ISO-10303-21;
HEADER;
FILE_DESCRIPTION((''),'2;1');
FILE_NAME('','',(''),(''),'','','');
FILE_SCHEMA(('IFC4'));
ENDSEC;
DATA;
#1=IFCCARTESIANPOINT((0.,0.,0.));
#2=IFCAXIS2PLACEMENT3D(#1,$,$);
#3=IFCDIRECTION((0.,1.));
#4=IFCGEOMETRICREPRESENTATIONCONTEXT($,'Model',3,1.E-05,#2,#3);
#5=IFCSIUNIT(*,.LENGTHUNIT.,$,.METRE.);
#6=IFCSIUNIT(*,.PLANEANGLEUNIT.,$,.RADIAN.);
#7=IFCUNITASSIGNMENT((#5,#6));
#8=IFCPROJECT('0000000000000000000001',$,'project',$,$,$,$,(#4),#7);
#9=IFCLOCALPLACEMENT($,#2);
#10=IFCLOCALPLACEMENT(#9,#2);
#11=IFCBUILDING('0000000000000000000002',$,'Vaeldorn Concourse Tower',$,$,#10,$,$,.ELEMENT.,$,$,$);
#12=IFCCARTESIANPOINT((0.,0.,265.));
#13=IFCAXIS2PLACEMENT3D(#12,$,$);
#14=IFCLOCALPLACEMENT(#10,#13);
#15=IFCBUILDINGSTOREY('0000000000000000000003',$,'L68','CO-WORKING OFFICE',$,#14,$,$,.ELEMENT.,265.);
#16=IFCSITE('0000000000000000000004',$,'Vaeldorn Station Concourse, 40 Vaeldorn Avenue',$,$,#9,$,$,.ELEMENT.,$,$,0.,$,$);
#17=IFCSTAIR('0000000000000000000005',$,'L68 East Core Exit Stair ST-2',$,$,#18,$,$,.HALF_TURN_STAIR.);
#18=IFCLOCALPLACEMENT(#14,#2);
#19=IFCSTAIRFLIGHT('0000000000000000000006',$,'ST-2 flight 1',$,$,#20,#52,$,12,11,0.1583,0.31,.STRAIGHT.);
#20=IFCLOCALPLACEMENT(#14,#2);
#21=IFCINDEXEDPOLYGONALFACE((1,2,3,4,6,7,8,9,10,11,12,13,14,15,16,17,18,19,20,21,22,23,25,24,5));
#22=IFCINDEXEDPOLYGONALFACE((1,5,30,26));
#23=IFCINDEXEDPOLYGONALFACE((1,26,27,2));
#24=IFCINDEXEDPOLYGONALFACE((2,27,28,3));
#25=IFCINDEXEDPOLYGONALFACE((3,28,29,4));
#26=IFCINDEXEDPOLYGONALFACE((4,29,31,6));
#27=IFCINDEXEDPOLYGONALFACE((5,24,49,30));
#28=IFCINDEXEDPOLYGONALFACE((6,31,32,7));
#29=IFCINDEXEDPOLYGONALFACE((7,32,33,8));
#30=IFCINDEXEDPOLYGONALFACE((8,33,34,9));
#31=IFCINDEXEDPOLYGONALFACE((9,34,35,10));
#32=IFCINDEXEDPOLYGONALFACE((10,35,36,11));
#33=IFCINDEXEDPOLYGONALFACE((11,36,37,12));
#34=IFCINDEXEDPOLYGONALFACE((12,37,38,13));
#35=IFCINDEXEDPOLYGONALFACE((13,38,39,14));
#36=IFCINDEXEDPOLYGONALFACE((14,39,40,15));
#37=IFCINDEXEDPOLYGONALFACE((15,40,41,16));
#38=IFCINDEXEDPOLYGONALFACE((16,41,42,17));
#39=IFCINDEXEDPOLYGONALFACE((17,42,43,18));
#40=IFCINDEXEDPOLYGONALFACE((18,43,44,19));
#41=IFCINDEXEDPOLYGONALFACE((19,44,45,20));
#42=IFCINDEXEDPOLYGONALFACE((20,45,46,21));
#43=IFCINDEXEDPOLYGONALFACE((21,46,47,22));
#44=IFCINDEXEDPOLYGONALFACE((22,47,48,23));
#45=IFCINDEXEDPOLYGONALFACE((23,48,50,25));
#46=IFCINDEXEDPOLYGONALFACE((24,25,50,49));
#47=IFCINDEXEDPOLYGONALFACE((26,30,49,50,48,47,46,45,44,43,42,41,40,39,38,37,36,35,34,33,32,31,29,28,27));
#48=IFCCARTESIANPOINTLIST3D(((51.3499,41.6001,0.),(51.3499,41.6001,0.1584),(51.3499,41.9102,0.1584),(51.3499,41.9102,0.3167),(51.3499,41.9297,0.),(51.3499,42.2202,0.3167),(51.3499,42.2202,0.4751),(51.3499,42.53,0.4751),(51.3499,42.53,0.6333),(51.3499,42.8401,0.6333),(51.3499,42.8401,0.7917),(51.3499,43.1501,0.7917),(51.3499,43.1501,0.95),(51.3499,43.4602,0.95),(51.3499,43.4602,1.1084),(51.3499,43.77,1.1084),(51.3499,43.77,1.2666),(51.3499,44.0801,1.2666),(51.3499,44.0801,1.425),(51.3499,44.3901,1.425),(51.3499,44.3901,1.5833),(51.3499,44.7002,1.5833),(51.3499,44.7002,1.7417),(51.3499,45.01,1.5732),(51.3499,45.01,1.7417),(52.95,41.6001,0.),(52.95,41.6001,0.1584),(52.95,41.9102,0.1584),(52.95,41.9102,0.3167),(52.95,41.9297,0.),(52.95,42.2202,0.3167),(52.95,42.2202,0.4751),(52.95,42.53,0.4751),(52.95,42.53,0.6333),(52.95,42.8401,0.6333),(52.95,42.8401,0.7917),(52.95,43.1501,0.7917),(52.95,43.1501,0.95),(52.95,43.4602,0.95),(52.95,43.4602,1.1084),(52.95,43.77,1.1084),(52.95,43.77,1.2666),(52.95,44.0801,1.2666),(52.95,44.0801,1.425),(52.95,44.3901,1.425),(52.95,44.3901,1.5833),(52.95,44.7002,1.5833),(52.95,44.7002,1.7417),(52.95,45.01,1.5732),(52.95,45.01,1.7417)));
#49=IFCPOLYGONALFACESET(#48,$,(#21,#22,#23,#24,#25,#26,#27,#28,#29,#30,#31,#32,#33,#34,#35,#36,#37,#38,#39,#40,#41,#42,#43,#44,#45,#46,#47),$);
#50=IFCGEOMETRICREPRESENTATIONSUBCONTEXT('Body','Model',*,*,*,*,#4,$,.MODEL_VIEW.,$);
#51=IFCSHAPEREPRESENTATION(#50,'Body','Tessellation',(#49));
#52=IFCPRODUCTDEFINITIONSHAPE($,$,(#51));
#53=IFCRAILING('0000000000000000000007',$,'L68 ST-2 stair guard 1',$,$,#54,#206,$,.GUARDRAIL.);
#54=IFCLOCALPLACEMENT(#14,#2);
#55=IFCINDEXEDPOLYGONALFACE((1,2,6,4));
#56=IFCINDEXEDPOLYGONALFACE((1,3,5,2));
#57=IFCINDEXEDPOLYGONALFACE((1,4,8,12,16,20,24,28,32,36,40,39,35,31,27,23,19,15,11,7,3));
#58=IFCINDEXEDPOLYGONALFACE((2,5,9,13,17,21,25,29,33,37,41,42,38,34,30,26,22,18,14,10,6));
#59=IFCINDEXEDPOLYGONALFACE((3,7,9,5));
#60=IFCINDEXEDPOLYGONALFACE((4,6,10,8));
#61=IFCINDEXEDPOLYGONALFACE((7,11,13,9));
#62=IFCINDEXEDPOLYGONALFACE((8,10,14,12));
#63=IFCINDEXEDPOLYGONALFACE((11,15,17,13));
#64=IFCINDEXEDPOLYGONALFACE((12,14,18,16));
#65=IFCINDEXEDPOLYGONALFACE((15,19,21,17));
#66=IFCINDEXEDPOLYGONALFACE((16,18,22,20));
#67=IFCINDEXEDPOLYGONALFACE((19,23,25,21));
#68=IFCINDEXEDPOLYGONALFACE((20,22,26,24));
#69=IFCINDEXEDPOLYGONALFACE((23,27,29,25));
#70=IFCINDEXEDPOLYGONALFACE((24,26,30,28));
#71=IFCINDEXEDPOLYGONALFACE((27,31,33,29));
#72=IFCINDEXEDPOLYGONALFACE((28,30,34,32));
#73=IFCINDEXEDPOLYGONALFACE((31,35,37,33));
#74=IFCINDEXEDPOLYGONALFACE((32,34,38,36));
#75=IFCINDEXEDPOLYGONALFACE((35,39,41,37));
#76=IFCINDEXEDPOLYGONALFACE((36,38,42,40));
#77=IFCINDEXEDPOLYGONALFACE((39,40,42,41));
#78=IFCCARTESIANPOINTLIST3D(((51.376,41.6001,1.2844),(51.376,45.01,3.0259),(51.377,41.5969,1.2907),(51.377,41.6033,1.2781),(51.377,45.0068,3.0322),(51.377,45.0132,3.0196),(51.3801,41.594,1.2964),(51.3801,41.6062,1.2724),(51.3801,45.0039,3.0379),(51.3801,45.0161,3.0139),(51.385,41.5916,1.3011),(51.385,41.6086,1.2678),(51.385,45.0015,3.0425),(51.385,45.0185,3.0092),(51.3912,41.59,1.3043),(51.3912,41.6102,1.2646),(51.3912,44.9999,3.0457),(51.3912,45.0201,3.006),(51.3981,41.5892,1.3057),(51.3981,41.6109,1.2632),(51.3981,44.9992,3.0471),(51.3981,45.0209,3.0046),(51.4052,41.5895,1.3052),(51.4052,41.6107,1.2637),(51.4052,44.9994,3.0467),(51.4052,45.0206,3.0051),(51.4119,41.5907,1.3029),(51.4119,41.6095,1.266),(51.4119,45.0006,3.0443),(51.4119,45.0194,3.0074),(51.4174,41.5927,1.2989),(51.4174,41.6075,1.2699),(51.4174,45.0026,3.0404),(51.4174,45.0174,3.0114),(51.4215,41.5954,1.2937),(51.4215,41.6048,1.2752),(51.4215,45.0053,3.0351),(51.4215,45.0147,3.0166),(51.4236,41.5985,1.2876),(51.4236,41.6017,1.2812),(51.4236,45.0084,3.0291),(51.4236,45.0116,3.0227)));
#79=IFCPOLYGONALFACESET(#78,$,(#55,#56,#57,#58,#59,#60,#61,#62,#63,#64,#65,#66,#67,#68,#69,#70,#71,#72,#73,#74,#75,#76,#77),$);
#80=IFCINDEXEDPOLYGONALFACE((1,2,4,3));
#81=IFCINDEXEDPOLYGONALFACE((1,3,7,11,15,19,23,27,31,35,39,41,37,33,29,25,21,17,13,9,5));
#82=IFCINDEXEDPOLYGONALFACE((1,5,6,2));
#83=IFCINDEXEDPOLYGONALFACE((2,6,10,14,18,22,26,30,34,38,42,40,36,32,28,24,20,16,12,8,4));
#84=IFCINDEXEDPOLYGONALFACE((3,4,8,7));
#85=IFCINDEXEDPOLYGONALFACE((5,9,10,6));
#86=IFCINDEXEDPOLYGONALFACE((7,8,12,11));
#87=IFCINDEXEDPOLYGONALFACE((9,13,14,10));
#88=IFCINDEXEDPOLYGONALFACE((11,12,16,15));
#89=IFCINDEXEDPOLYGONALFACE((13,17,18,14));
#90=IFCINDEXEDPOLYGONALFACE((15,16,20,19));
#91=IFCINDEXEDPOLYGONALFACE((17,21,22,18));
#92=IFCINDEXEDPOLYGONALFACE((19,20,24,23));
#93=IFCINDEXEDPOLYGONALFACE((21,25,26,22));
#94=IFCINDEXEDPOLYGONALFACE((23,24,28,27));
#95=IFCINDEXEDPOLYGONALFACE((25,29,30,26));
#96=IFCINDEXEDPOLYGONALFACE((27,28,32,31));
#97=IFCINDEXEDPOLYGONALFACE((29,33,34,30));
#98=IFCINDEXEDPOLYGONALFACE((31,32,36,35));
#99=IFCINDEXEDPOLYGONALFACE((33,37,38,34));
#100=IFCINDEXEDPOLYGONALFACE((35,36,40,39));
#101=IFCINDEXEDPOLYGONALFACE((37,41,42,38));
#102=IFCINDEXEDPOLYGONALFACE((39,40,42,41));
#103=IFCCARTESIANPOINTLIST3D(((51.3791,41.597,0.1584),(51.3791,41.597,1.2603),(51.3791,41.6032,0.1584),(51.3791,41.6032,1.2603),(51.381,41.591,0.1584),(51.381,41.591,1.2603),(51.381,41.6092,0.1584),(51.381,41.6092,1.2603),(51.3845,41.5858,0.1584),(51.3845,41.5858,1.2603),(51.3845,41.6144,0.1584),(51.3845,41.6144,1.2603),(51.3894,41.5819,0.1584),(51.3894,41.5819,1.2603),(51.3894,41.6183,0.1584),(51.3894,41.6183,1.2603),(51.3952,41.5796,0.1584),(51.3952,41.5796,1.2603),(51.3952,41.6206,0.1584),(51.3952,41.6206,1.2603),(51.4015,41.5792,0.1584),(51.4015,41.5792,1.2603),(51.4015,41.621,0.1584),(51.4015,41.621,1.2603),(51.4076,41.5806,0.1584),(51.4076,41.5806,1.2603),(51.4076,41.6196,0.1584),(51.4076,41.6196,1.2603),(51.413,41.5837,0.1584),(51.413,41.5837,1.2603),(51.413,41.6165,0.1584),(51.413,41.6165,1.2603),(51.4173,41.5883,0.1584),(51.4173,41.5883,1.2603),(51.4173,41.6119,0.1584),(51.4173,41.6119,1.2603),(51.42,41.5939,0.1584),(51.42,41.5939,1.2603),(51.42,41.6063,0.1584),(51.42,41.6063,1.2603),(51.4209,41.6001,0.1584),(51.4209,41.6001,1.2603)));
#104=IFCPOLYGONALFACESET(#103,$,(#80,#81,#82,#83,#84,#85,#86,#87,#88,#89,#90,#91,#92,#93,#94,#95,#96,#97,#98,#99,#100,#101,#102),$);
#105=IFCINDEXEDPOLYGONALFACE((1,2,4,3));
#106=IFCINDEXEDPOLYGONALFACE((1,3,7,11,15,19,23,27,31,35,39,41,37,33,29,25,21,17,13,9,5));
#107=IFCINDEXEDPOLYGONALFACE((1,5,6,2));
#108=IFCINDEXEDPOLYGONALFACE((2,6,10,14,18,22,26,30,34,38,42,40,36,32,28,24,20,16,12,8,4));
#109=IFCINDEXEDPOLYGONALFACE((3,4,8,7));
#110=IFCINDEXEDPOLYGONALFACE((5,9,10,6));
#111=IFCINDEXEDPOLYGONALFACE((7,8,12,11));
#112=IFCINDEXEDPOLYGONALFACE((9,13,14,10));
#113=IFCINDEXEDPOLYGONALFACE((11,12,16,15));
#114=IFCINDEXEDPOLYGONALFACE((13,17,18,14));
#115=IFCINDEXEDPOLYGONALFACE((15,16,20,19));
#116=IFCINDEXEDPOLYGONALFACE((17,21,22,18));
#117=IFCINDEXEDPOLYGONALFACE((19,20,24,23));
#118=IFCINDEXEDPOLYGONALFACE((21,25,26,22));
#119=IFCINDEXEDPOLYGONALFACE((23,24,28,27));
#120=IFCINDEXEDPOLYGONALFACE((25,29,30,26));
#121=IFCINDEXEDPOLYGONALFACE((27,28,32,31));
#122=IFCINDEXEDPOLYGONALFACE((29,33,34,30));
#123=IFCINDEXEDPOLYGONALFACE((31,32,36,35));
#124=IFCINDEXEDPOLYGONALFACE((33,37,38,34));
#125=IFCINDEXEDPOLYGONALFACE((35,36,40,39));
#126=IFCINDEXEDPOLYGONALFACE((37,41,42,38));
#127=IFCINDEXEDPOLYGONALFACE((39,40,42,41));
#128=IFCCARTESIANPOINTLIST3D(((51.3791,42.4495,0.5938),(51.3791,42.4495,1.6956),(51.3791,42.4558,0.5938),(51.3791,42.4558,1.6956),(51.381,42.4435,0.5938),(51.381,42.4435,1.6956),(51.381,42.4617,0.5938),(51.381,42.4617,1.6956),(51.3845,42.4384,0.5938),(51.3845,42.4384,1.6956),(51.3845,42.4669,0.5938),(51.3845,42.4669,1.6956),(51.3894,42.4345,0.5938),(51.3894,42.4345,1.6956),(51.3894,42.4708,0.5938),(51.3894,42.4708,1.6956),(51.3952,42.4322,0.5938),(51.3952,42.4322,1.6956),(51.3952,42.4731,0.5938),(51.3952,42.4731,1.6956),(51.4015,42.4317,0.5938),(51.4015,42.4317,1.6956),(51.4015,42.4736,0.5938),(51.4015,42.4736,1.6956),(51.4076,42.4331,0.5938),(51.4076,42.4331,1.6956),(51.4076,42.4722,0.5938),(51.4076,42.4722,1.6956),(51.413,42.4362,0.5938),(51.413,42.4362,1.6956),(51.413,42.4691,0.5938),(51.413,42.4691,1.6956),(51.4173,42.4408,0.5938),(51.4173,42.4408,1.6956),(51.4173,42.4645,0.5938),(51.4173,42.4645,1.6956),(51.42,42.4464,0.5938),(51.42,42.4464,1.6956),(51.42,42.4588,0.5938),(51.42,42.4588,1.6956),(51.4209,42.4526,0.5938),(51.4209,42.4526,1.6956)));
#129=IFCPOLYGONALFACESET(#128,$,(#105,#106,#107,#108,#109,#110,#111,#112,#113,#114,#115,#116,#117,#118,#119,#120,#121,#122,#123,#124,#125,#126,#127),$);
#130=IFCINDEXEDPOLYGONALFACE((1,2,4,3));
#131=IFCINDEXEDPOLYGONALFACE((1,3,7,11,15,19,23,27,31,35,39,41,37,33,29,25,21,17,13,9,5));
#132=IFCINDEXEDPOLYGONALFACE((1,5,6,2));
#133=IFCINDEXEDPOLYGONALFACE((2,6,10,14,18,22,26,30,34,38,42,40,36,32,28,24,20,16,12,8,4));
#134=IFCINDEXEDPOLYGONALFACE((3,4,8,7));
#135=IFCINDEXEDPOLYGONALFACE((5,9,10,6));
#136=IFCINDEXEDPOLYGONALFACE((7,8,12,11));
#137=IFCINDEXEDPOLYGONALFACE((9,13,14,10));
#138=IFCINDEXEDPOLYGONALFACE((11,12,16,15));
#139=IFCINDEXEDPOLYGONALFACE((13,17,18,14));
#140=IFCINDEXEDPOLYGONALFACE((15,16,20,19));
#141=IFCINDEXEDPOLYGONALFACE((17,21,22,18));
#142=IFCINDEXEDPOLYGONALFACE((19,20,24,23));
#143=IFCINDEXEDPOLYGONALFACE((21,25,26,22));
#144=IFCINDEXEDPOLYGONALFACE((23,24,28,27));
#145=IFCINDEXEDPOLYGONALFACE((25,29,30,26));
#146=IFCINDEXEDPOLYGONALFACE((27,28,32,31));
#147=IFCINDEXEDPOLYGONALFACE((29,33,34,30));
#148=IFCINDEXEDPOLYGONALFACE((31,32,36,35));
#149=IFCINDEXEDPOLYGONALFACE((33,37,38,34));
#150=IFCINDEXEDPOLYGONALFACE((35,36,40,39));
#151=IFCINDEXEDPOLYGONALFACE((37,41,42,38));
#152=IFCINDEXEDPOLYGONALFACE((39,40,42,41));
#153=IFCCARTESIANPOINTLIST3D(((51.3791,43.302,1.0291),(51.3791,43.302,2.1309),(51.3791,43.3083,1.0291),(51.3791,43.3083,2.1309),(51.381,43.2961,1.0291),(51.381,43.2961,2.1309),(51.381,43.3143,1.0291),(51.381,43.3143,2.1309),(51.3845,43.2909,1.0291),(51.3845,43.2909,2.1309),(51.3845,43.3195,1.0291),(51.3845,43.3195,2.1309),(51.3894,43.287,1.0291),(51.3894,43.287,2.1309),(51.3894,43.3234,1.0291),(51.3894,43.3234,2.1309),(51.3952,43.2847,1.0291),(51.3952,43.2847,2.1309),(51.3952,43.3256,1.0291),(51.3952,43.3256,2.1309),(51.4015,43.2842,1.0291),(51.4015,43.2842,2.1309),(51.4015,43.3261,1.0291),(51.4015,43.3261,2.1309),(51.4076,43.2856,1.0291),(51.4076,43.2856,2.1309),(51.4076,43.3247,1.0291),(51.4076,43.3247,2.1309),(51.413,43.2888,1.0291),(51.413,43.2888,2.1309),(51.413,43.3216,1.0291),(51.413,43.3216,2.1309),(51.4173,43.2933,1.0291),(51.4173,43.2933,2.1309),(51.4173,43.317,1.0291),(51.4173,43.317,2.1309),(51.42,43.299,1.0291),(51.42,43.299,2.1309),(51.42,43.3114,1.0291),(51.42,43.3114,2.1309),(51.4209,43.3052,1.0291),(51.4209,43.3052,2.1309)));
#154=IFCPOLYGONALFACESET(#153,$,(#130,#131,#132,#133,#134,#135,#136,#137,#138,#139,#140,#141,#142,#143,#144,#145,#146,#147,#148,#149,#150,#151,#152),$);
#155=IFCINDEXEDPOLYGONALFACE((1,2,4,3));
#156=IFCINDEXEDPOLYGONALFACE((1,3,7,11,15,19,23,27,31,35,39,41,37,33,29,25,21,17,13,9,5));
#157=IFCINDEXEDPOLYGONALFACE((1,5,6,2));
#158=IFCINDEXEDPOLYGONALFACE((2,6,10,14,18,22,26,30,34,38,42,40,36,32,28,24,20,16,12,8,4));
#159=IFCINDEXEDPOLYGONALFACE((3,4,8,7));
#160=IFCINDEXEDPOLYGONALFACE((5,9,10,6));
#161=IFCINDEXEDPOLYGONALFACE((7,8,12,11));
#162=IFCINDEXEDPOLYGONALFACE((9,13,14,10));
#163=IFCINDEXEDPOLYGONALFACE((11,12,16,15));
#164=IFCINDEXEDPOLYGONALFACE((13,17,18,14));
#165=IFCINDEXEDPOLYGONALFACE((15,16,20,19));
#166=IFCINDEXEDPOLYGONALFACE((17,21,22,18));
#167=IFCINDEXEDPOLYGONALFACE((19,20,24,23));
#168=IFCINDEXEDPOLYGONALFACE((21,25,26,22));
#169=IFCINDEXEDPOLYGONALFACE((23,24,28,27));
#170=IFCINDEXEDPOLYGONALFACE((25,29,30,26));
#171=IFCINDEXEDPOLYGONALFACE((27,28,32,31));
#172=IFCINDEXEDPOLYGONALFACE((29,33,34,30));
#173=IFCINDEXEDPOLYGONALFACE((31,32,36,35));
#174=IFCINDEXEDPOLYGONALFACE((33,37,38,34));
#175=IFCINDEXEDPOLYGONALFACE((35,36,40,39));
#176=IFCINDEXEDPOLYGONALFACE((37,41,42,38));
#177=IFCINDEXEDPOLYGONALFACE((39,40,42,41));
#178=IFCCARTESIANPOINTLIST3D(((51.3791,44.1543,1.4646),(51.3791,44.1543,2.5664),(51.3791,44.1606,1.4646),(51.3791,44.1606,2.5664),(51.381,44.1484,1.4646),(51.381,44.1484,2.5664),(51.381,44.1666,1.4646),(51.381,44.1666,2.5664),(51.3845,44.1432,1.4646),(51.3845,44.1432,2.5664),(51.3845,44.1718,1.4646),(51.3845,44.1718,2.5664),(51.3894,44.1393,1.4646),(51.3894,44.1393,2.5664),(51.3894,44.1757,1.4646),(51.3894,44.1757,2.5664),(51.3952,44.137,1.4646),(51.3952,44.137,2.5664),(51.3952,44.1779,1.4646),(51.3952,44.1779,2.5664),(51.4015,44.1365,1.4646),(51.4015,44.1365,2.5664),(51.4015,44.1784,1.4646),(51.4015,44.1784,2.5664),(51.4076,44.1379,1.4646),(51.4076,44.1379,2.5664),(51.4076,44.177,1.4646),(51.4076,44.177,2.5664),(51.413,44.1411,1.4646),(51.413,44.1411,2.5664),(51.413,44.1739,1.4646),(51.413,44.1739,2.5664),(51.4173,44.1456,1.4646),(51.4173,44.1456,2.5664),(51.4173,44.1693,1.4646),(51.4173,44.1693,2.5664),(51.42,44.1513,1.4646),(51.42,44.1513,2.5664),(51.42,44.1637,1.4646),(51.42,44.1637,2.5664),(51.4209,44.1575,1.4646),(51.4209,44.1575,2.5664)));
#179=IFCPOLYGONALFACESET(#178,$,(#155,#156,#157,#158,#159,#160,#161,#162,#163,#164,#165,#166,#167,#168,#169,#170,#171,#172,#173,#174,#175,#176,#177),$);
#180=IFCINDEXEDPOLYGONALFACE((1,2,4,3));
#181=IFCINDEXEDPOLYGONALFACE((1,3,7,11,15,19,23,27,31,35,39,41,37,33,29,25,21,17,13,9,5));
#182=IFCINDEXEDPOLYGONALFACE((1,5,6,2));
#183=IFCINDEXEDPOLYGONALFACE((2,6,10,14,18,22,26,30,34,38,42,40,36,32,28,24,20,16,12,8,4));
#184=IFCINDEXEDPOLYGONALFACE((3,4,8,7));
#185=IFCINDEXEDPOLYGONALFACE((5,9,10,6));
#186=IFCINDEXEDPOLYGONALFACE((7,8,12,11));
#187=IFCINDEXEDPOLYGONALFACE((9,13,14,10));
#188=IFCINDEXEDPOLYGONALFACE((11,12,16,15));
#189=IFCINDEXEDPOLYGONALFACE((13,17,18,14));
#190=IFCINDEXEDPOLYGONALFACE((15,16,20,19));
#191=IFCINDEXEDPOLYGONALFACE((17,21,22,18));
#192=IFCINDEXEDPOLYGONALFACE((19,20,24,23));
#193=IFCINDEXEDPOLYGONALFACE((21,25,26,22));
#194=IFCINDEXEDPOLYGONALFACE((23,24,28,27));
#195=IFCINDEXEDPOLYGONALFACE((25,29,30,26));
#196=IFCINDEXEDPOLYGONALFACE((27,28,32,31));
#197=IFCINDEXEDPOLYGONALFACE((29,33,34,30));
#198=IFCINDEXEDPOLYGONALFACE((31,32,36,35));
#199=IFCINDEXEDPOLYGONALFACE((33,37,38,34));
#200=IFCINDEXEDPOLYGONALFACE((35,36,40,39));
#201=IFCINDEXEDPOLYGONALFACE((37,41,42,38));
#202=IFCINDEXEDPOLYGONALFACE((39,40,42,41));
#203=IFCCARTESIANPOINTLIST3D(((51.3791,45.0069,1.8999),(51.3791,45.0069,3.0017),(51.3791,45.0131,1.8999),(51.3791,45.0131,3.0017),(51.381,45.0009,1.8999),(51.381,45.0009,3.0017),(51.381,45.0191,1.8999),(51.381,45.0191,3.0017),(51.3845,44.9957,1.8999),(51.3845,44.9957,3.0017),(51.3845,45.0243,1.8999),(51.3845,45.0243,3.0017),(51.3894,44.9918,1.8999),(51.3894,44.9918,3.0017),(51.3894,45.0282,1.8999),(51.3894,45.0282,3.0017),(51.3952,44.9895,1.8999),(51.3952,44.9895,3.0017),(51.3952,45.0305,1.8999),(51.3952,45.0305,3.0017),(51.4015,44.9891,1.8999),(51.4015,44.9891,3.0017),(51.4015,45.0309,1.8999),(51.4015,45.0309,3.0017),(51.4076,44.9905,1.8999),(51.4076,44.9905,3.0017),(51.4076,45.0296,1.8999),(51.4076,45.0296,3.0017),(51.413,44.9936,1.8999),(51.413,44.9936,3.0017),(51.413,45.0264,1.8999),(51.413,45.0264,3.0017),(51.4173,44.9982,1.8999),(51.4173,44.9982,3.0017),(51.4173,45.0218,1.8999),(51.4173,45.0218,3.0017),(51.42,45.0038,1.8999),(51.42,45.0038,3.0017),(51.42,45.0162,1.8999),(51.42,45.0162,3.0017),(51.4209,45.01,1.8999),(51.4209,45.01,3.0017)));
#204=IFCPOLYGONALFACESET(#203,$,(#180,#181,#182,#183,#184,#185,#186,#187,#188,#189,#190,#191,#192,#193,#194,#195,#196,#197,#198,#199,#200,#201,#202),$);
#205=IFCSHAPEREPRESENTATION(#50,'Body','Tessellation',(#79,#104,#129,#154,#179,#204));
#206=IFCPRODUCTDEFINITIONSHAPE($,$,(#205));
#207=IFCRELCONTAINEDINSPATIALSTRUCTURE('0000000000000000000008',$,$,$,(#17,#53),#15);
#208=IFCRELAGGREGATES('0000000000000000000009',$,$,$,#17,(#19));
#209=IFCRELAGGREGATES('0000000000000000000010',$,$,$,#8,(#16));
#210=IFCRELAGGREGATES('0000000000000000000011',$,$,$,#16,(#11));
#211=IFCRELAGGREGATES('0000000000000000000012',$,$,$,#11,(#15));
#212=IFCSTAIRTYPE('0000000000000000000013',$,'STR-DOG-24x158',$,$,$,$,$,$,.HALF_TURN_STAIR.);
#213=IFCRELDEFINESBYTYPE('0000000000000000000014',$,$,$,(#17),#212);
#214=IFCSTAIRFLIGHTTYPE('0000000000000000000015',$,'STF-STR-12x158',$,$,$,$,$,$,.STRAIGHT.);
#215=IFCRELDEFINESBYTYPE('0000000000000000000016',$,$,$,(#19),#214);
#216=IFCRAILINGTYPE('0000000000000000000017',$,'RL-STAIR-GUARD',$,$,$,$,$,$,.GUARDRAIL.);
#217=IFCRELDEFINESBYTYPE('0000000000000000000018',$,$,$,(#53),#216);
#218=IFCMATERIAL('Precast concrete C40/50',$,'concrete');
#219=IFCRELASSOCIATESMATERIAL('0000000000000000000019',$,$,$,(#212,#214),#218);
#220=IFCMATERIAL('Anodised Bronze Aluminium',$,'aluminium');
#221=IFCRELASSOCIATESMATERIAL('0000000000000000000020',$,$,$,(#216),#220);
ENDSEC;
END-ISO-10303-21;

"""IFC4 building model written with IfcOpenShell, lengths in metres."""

from ifc_helpers import new_model, si_unit, direction, frame, origin, origin_2d, place, context, subcontext, project, spatial, polyline, circle, outline, extrude, material, type_object, element, aggregate, save


model = new_model("IFC4")

# Units and contexts
model_context = context("Model", 3, precision=1e-05, world=origin(), true_north=direction((0.0, 1.0)))
body_context = subcontext(model_context, "Body", "Model", "MODEL_VIEW")
ifc_project = project(units=[si_unit("LENGTHUNIT", "METRE"), si_unit("PLANEANGLEUNIT", "RADIAN")], contexts=[model_context])

# Site, building, storey
site_placement = place(None, origin())
site = spatial("IfcSite", under=ifc_project, at=site_placement, Name="Vaeldorn Station Concourse, 40 Vaeldorn Avenue", CompositionType="ELEMENT", RefElevation=0.0)
building_placement = place(site_placement, origin())
building = spatial("IfcBuilding", under=site, at=building_placement, Name="Vaeldorn Concourse Tower", CompositionType="ELEMENT")
storey_placement = place(building_placement, frame((0.0, 0.0, 265.0)))
storey = spatial("IfcBuildingStorey", under=building, at=storey_placement, Name="L68", Description="CO-WORKING OFFICE", CompositionType="ELEMENT", Elevation=265.0)

# Shared definitions
ifc_material_1 = material(Name="Anodised Bronze Aluminium", Category="aluminium")

# Stair, stair flight
ifc_material_2 = material(Name="Precast concrete C40/50", Category="concrete")
stair_type = type_object("IfcStairType", Name="STR-DOG-24x158", PredefinedType="HALF_TURN_STAIR", material=ifc_material_2)
stair_placement = place(storey_placement, origin())
stair = element("IfcStair", 1, at=stair_placement, inside=storey, type_object=stair_type, Name="L68 East Core Exit Stair ST-2", PredefinedType="HALF_TURN_STAIR")
stair_flight_type = type_object("IfcStairFlightType", Name="STF-STR-12x158", PredefinedType="STRAIGHT", material=ifc_material_2)
stair_flight_placement = place(storey_placement, frame((52.1499, 41.6001, 0.0), z_axis=(0.0, 0.0, 1.0), x_axis=(0.0, 1.0, 0.0)))
stair_flight = element("IfcStairFlight", 2, at=stair_flight_placement, type_object=stair_flight_type, Name="ST-2 flight 1", NumberOfRisers=12, NumberOfTreads=11, PredefinedType="STRAIGHT", RiserHeight=0.1583, TreadLength=0.31, context=body_context, shape_type="SweptSolid", body=[
    extrude(outline(polyline([(0.0, 0.0), (0.0, 0.1584), (0.3101, 0.1584), (0.3101, 0.3167), (0.6201, 0.3167), (0.6201, 0.4751), (0.9299, 0.4751), (0.9299, 0.6333), (1.24, 0.6333), (1.24, 0.7917), (1.55, 0.7917), (1.55, 0.95), (1.8601, 0.95), (1.8601, 1.1084), (2.1699, 1.1084), (2.1699, 1.2666), (2.48, 1.2666), (2.48, 1.425), (2.79, 1.425), (2.79, 1.5833), (3.1001, 1.5833), (3.1001, 1.7417), (3.4099, 1.7417), (3.4099, 1.8999), (3.4099, 1.5732), (0.3296, 0.0), (0.0, 0.0)])), frame((0.0, 0.8, 0.0), z_axis=(0.0, -1.0, 0.0), x_axis=(1.0, 0.0, 0.0)), (0.0, 0.0, 1.0), 1.6001),
])
aggregate(stair, [stair_flight])

# Railing
railing_type_1 = type_object("IfcRailingType", Name="RL-STAIR-GUARD", PredefinedType="GUARDRAIL", material=ifc_material_1)
railing_1_placement = place(storey_placement, frame((51.3999, 41.6001, 0.1584)))
element("IfcRailing", 3, at=railing_1_placement, inside=storey, type_object=railing_type_1, Name="L68 ST-2 stair guard 1", PredefinedType="GUARDRAIL", context=body_context, shape_type="SweptSolid", body=[
    extrude(circle(Radius=0.0239, at=origin_2d()), frame((0.0, 0.0, 1.126), z_axis=(0.0, 0.890582, 0.454823), x_axis=(-1.0, 0.0, 0.0)), (0.0, 0.0, 1.0), 3.8289),
    extrude(circle(Radius=0.021, at=origin_2d()), origin(), (0.0, 0.0, 1.0), 1.1018),
    extrude(circle(Radius=0.021, at=origin_2d()), frame((0.0, 0.8525, 0.4353)), (0.0, 0.0, 1.0), 1.1018),
    extrude(circle(Radius=0.021, at=origin_2d()), frame((0.0, 1.7051, 0.8706)), (0.0, 0.0, 1.0), 1.1018),
    extrude(circle(Radius=0.021, at=origin_2d()), frame((0.0, 2.5574, 1.3062)), (0.0, 0.0, 1.0), 1.1018),
    extrude(circle(Radius=0.021, at=origin_2d()), frame((0.0, 3.4099, 1.7415)), (0.0, 0.0, 1.0), 1.1018),
])

save(model, "model.ifc")
